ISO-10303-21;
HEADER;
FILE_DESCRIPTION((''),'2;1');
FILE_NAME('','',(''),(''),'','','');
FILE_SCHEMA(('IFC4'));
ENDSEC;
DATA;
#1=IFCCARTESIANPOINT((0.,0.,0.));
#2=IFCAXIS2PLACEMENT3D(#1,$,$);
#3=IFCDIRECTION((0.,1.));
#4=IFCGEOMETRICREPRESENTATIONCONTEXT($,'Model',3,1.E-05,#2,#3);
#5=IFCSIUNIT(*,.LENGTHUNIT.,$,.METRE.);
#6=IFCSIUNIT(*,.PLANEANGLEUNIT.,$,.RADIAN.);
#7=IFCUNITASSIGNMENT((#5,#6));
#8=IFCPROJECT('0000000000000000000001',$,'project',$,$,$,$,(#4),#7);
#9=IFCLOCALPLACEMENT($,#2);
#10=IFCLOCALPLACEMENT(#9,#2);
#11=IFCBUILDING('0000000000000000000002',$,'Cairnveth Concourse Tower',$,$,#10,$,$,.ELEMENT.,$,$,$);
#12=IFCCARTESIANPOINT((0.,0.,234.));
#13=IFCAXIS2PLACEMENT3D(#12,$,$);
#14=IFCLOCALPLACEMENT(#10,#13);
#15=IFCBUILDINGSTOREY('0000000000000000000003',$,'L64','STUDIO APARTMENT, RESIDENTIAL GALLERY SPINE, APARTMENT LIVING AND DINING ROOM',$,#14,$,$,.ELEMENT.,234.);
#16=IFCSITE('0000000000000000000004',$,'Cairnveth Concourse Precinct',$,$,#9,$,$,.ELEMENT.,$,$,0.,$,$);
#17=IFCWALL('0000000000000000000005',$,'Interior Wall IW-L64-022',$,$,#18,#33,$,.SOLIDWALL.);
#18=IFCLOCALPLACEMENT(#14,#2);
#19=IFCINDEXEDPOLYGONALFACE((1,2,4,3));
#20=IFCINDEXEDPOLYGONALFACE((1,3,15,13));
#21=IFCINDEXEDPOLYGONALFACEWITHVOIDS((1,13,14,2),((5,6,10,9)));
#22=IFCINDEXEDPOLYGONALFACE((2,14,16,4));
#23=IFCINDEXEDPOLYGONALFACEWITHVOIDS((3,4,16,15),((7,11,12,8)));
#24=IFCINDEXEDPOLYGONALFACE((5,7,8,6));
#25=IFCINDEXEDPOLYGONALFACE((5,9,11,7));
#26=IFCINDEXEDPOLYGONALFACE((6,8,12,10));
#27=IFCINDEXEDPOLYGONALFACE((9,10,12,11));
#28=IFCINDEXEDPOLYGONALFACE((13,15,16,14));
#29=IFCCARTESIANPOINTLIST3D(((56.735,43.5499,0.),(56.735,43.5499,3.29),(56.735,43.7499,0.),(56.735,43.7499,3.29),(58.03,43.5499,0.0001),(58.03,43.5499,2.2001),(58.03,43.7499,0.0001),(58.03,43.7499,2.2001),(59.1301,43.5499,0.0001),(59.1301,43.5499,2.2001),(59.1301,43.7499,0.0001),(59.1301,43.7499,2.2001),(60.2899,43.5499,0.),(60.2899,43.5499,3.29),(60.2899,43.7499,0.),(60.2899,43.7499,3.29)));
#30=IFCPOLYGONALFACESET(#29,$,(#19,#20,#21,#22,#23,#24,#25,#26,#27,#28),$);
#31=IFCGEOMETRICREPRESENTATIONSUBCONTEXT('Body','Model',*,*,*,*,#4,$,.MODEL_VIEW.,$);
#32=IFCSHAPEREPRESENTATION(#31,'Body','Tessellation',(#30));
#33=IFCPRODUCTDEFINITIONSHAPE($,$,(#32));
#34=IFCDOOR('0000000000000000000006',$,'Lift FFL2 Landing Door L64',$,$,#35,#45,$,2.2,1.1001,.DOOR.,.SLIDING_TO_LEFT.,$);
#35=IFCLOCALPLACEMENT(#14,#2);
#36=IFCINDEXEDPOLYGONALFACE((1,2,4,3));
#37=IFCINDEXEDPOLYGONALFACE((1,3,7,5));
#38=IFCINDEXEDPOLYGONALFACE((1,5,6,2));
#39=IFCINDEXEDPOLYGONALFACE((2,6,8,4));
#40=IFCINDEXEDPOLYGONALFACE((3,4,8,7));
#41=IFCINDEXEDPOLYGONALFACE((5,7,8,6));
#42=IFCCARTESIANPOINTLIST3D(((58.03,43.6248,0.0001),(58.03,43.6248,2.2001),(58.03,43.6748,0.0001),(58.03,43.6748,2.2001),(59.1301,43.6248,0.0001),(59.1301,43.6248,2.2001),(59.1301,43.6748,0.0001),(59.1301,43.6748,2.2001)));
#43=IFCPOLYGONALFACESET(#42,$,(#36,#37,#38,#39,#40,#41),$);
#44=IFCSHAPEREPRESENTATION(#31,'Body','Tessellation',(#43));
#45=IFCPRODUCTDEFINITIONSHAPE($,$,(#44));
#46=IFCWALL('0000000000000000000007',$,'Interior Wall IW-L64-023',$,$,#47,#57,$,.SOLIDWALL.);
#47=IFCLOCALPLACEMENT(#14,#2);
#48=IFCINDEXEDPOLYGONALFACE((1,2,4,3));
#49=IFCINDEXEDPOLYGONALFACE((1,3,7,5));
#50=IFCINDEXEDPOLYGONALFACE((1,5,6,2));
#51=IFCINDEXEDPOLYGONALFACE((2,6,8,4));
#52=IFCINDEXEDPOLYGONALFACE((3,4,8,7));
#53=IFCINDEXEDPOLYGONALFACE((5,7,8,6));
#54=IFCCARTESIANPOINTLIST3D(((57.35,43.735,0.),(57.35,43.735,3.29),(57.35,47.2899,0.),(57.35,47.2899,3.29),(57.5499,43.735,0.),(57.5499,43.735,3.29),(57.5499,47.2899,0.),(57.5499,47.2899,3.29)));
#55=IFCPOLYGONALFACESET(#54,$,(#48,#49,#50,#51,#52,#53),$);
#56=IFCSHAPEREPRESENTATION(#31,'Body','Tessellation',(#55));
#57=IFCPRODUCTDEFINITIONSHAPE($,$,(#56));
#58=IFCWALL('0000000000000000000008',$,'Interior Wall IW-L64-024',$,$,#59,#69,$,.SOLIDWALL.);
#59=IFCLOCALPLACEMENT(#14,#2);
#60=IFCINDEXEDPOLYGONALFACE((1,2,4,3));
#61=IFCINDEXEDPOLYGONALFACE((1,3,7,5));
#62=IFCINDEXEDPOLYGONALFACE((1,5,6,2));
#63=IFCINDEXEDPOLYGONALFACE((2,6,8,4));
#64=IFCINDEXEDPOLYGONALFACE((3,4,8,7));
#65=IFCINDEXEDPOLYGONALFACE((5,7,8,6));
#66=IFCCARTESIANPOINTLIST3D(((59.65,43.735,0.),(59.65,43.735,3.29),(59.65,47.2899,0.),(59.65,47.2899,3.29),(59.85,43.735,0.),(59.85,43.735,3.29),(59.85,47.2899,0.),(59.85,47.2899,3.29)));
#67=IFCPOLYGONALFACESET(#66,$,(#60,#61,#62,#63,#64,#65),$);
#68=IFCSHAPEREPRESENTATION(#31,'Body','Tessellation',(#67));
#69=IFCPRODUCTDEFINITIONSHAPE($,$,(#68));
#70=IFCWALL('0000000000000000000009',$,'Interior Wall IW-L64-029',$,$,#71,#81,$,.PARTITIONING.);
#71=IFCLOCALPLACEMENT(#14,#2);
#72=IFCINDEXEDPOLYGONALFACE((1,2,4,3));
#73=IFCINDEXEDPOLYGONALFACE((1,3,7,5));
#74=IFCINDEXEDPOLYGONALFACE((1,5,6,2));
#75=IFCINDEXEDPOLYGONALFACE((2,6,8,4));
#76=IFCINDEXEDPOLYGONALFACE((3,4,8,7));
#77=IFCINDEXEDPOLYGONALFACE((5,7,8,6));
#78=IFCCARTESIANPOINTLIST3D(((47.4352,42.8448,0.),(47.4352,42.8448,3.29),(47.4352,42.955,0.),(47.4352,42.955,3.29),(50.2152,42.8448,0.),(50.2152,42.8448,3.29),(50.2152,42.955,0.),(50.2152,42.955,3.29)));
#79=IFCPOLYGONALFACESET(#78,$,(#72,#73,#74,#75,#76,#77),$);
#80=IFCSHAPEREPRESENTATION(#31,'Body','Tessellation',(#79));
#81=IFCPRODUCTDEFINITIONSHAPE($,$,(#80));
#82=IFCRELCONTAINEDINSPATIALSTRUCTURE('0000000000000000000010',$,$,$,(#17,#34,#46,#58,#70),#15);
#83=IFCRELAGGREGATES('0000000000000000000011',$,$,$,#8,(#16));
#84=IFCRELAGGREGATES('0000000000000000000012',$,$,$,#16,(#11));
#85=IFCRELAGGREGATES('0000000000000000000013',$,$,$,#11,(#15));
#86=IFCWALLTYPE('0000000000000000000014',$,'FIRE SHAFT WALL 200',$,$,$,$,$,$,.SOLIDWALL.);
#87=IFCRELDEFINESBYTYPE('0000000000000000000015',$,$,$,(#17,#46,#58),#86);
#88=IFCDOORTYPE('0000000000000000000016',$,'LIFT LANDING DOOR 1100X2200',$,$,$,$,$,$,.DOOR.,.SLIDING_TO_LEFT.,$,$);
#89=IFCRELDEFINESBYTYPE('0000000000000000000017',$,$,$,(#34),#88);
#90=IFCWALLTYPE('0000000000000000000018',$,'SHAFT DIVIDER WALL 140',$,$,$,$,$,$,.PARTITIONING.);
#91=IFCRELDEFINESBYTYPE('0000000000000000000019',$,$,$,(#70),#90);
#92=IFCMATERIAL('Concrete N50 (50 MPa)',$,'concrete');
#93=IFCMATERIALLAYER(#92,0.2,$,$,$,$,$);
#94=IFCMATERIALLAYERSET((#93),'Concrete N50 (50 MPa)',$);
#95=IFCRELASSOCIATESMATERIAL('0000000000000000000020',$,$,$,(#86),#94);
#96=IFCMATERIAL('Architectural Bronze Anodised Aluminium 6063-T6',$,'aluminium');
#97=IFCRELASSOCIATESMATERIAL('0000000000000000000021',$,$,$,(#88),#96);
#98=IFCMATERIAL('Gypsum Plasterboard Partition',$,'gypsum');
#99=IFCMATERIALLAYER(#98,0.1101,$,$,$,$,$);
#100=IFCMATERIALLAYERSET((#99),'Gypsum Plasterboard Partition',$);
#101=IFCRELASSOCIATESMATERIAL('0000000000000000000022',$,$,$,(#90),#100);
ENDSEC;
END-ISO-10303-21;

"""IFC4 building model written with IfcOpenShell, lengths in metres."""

from ifc_helpers import new_model, si_unit, direction, frame, frame_2d, origin, place, context, subcontext, project, spatial, rectangle, extrude, material, layer, layer_set, type_object, element, fill, save


model = new_model("IFC4")

# Units and contexts
model_context = context("Model", 3, precision=1e-05, world=origin(), true_north=direction((0.0, 1.0)))
body_context = subcontext(model_context, "Body", "Model", "MODEL_VIEW")
ifc_project = project(units=[si_unit("LENGTHUNIT", "METRE"), si_unit("PLANEANGLEUNIT", "RADIAN")], contexts=[model_context])

# Site, building, storey
site_placement = place(None, origin())
site = spatial("IfcSite", under=ifc_project, at=site_placement, Name="Cairnveth Concourse Precinct", CompositionType="ELEMENT", RefElevation=0.0)
building_placement = place(site_placement, origin())
building = spatial("IfcBuilding", under=site, at=building_placement, Name="Cairnveth Concourse Tower", CompositionType="ELEMENT")
storey_placement = place(building_placement, frame((0.0, 0.0, 234.0)))
storey = spatial("IfcBuildingStorey", under=building, at=storey_placement, Name="L64", Description="STUDIO APARTMENT, RESIDENTIAL GALLERY SPINE, APARTMENT LIVING AND DINING ROOM", CompositionType="ELEMENT", Elevation=234.0)

# Shared definitions
ifc_material_1 = material(Name="Gypsum Plasterboard Partition", Category="gypsum")
ifc_material_2 = material(Name="Concrete N50 (50 MPa)", Category="concrete")
ifc_layer_1 = layer(ifc_material_2, 0.2)
ifc_layer_set_1 = layer_set([ifc_layer_1], Name="Concrete N50 (50 MPa)")
wall_type_1 = type_object("IfcWallType", Name="FIRE SHAFT WALL 200", PredefinedType="SOLIDWALL", material=ifc_layer_set_1)

# Shared definitions
ifc_material_3 = material(Name="Architectural Bronze Anodised Aluminium 6063-T6", Category="aluminium")
door_type_1 = type_object("IfcDoorType", Name="LIFT LANDING DOOR 1100X2200", OperationType="SLIDING_TO_LEFT", PredefinedType="DOOR", material=ifc_material_3)

# Wall, opening, door
wall_1_placement = place(storey_placement, frame((56.7351, 43.6499, 0.0), z_axis=(0.0, 0.0, 1.0), x_axis=(1.0, 0.0, 0.0)))
wall_1 = element("IfcWall", 1, at=wall_1_placement, inside=storey, type_object=wall_type_1, Name="Interior Wall IW-L64-022", PredefinedType="SOLIDWALL", context=body_context, shape_type="SweptSolid", body=[
    extrude(rectangle(XDim=3.5549, YDim=0.2, at=frame_2d((1.7773, 0.0))), origin(), (0.0, 0.0, 1.0), 3.29),
])
opening_1_placement = place(wall_1_placement, frame((1.2949, 0.0, 0.0)))
opening_1 = element("IfcOpeningElement", 2, at=opening_1_placement, cuts=wall_1, PredefinedType="OPENING", context=body_context, shape_type="SweptSolid", body=[
    extrude(rectangle(XDim=1.1001, YDim=2.2, at=frame_2d((0.55, 1.1001))), frame((0.0, 0.1099, 0.0), z_axis=(0.0, -1.0, 0.0), x_axis=(1.0, 0.0, 0.0)), (0.0, 0.0, 1.0), 0.22),
])
door_1_placement = place(opening_1_placement, origin())
door_1 = element("IfcDoor", 3, at=door_1_placement, inside=storey, type_object=door_type_1, Name="Lift FFL2 Landing Door L64", OperationType="SLIDING_TO_LEFT", OverallHeight=2.2, OverallWidth=1.1001, PredefinedType="DOOR", context=body_context, shape_type="SweptSolid", body=[
    extrude(rectangle(XDim=1.1001, YDim=2.2, at=frame_2d((0.55, 1.1001))), frame((0.0, 0.0249, 0.0), z_axis=(0.0, -1.0, 0.0), x_axis=(1.0, 0.0, 0.0)), (0.0, 0.0, 1.0), 0.05),
])
fill(opening_1, door_1)

# Walls
for number, where, z_axis, x_axis, name in (
    (4, (57.45, 43.7351, 0.0), (0.0, 0.0, 1.0), (0.0, 1.0, 0.0), "Interior Wall IW-L64-023"),
    (5, (59.75, 43.7351, 0.0), (0.0, 0.0, 1.0), (0.0, 1.0, 0.0), "Interior Wall IW-L64-024"),
):
    element("IfcWall", number, at=place(storey_placement, frame(where, z_axis=z_axis, x_axis=x_axis)), inside=storey, type_object=wall_type_1, Name=name, PredefinedType="SOLIDWALL", context=body_context, shape_type="SweptSolid", body=[
        extrude(rectangle(XDim=3.5549, YDim=0.2, at=frame_2d((1.7773, 0.0))), origin(), (0.0, 0.0, 1.0), 3.29),
    ])
ifc_layer_2 = layer(ifc_material_1, 0.1101)
ifc_layer_set_2 = layer_set([ifc_layer_2], Name="Gypsum Plasterboard Partition")
wall_type_2 = type_object("IfcWallType", Name="SHAFT DIVIDER WALL 140", PredefinedType="PARTITIONING", material=ifc_layer_set_2)
wall_2_placement = place(storey_placement, frame((47.4351, 42.8999, 0.0), z_axis=(0.0, 0.0, 1.0), x_axis=(1.0, 0.0, 0.0)))
element("IfcWall", 6, at=wall_2_placement, inside=storey, type_object=wall_type_2, Name="Interior Wall IW-L64-029", PredefinedType="PARTITIONING", context=body_context, shape_type="SweptSolid", body=[
    extrude(rectangle(XDim=2.78, YDim=0.1101, at=frame_2d((1.3901, 0.0))), origin(), (0.0, 0.0, 1.0), 3.29),
])

save(model, "model.ifc")
